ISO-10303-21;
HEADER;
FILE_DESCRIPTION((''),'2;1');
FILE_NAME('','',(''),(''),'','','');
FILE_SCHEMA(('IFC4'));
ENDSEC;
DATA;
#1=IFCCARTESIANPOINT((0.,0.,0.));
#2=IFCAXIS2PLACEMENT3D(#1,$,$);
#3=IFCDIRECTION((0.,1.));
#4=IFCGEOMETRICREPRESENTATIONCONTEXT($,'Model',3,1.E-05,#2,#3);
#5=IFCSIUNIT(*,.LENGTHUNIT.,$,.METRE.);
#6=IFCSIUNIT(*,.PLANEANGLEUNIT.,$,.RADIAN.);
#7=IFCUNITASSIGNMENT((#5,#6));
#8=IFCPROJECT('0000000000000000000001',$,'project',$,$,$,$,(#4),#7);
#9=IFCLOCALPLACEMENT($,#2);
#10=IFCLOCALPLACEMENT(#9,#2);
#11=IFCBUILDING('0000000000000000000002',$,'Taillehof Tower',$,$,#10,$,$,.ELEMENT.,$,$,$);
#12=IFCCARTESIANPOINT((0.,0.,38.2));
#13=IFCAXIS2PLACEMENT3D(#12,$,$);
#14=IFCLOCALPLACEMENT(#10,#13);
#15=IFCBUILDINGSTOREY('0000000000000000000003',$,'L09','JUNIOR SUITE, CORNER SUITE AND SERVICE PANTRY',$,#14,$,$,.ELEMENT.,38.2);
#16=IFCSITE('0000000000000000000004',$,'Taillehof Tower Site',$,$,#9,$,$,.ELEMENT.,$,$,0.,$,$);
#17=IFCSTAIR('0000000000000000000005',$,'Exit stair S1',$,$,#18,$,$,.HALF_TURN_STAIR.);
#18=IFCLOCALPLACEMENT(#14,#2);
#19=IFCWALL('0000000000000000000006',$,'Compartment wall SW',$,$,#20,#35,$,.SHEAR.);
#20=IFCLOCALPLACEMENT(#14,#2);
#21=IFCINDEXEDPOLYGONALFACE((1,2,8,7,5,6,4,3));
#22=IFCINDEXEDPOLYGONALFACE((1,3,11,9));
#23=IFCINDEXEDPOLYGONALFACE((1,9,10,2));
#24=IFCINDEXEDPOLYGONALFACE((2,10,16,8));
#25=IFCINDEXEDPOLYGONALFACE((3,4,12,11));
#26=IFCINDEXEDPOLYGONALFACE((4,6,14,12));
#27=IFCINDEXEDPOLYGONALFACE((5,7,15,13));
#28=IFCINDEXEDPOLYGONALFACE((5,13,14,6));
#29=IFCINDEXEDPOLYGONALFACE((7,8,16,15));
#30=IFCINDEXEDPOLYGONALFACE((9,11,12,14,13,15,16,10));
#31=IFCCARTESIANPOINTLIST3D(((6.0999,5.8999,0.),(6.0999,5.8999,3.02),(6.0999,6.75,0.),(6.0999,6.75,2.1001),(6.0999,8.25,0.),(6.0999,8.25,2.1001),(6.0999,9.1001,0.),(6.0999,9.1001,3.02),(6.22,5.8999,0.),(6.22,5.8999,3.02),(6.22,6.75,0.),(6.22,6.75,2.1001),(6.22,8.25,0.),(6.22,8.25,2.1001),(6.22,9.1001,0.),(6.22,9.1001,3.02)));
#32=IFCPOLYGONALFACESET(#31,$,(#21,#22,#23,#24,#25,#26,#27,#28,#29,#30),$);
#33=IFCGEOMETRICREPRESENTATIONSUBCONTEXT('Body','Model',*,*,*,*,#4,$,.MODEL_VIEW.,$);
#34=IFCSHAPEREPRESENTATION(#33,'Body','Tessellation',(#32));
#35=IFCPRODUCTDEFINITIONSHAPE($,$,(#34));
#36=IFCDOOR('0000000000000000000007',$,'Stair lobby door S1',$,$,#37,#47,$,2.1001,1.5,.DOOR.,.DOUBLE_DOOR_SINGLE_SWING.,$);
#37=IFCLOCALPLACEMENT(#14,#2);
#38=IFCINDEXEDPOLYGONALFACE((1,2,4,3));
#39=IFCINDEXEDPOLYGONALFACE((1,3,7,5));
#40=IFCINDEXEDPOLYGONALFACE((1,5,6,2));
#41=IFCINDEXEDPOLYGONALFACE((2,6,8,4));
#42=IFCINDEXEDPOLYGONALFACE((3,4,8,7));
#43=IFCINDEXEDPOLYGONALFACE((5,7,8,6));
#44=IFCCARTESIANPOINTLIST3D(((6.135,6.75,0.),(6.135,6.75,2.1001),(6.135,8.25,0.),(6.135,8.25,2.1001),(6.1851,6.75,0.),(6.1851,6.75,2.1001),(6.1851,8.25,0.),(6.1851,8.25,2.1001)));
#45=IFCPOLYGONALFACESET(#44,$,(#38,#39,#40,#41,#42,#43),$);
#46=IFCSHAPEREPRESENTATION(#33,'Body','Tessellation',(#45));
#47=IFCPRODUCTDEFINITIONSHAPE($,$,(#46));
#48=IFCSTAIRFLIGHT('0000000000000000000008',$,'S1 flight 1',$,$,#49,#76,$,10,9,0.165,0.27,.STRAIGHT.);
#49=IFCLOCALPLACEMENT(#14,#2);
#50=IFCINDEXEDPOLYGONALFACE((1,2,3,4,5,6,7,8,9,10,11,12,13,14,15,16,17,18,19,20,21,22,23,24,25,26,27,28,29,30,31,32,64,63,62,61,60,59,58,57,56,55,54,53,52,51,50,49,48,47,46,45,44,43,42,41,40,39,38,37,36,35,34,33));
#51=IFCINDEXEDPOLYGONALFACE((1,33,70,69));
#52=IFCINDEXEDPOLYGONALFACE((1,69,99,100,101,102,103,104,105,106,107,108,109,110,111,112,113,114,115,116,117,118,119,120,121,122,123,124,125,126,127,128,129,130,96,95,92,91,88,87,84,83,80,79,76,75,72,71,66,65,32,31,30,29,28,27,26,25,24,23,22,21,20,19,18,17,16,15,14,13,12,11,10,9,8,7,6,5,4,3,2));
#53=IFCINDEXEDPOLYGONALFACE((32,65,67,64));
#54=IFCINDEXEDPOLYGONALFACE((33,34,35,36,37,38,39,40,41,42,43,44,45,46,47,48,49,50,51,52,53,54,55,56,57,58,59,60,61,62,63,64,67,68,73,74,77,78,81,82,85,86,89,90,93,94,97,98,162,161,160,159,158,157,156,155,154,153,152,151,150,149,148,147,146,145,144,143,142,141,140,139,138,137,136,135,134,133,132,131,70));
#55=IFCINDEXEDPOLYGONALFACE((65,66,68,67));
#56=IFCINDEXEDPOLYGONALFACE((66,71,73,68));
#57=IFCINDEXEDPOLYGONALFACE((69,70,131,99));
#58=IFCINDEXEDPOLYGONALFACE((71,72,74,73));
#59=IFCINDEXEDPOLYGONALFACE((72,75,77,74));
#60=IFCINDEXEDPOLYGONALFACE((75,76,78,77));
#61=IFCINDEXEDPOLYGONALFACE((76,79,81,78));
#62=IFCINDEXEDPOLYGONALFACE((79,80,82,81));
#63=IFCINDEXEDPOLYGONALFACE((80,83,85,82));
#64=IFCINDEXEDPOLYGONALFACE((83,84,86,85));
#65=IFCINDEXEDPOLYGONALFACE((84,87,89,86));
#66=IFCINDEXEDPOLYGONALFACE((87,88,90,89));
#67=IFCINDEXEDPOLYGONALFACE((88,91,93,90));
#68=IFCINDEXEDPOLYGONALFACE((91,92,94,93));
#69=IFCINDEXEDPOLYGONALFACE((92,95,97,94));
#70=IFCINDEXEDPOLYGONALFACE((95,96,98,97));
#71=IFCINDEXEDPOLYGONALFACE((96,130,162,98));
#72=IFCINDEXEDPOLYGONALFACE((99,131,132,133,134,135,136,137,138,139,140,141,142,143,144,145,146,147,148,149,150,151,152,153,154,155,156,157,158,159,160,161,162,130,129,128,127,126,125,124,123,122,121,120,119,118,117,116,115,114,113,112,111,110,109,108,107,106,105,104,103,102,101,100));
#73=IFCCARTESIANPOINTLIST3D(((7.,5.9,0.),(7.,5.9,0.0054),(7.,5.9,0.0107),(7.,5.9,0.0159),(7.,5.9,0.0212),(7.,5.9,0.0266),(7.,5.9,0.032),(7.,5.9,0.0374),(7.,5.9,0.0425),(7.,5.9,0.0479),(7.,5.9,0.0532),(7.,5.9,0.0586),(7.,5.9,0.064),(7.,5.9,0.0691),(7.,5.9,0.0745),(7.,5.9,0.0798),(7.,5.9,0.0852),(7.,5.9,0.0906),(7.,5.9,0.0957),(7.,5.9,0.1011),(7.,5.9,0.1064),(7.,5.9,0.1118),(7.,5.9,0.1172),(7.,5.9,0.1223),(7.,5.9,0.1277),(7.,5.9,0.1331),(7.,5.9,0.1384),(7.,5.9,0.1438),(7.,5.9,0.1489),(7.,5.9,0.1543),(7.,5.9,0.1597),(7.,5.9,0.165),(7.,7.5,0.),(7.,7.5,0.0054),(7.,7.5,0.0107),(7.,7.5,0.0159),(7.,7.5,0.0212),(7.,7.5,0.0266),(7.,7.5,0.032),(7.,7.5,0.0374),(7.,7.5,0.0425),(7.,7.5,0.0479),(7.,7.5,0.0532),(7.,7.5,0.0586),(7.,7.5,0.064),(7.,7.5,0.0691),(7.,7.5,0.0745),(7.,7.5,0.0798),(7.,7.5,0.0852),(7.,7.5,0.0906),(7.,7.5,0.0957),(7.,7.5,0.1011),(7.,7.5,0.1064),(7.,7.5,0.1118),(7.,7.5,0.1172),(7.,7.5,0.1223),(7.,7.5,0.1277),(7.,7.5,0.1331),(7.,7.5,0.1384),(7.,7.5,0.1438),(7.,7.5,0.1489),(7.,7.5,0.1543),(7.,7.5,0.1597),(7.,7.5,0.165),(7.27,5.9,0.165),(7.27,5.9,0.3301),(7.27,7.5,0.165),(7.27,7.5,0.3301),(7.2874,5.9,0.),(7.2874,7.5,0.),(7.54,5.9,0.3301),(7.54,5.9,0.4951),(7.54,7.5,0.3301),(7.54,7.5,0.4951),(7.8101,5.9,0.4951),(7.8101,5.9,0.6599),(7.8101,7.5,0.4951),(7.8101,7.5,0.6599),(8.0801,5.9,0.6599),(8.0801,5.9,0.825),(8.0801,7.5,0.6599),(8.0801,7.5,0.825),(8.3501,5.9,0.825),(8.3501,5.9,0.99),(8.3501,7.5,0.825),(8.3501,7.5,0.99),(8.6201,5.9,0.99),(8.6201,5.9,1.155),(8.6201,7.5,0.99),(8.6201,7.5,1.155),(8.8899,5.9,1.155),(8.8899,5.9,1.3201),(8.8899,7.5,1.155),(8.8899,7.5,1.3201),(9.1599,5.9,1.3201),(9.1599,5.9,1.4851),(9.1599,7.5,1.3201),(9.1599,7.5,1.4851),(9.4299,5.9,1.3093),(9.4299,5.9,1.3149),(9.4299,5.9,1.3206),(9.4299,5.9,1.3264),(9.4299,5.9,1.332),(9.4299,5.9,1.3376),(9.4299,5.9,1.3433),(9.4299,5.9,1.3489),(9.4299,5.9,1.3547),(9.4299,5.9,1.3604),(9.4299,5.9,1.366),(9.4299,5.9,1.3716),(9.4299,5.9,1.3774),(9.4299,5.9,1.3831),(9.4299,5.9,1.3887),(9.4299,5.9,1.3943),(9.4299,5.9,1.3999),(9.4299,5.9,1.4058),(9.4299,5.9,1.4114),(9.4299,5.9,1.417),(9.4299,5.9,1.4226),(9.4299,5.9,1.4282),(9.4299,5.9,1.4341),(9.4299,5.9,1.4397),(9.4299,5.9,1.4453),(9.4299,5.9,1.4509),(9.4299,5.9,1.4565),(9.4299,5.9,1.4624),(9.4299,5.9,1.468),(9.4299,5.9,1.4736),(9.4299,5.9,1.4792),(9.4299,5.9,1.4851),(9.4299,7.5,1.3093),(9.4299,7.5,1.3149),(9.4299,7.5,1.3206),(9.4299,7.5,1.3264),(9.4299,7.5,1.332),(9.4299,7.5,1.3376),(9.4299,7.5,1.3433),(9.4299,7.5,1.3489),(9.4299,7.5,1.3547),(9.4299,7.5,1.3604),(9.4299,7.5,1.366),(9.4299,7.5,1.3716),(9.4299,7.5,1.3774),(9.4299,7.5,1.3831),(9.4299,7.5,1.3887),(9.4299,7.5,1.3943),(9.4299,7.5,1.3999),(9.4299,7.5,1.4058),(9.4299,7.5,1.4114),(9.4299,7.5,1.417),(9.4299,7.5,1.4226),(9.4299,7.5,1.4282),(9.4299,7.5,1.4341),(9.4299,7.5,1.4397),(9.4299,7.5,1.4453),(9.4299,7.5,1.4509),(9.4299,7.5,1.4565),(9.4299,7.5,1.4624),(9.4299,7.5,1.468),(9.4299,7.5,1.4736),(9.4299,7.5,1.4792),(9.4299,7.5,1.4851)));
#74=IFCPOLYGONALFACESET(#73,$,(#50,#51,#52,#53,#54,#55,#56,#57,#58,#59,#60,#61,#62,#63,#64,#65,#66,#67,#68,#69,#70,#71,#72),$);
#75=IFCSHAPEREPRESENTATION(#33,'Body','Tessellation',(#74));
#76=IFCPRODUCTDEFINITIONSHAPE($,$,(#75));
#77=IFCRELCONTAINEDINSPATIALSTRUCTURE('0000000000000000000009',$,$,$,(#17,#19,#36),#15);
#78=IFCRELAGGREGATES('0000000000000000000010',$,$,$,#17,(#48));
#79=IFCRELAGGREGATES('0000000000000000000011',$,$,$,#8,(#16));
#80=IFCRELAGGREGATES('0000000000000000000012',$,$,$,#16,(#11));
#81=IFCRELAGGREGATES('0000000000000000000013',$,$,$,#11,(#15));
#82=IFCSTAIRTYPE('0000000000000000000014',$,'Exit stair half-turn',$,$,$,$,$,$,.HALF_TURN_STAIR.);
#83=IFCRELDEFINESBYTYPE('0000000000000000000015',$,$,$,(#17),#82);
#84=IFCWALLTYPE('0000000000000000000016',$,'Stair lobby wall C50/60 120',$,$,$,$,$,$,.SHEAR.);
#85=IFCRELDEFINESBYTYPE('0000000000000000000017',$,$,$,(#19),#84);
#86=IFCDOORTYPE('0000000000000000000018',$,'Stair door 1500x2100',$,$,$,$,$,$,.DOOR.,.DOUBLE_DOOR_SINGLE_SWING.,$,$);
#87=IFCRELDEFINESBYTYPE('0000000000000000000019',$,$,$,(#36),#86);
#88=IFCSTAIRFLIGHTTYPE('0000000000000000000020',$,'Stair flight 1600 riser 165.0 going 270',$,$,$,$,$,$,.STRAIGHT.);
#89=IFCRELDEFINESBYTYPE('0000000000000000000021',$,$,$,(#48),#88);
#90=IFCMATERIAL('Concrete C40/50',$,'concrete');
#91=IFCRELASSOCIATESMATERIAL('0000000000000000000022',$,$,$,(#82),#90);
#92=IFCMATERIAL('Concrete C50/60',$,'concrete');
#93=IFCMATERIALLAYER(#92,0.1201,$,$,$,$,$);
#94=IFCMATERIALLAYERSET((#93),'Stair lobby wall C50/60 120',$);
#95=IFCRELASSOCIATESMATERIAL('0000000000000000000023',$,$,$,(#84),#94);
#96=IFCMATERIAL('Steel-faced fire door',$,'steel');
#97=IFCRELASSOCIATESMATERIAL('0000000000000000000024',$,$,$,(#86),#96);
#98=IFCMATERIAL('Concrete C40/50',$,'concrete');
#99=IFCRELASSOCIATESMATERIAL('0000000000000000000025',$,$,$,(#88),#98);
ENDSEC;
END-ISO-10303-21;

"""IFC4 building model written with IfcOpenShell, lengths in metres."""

from ifc_helpers import new_model, si_unit, direction, frame, frame_2d, origin, place, context, subcontext, project, spatial, polyline, rectangle, outline, extrude, material, layer, layer_set, type_object, element, fill, aggregate, save


model = new_model("IFC4")

# Units and contexts
model_context = context("Model", 3, precision=1e-05, world=origin(), true_north=direction((0.0, 1.0)))
body_context = subcontext(model_context, "Body", "Model", "MODEL_VIEW")
ifc_project = project(units=[si_unit("LENGTHUNIT", "METRE"), si_unit("PLANEANGLEUNIT", "RADIAN")], contexts=[model_context])

# Site, building, storey
site_placement = place(None, origin())
site = spatial("IfcSite", under=ifc_project, at=site_placement, Name="Taillehof Tower Site", CompositionType="ELEMENT", RefElevation=0.0)
building_placement = place(site_placement, origin())
building = spatial("IfcBuilding", under=site, at=building_placement, Name="Taillehof Tower", CompositionType="ELEMENT")
storey_placement = place(building_placement, frame((0.0, 0.0, 38.2)))
storey = spatial("IfcBuildingStorey", under=building, at=storey_placement, Name="L09", Description="JUNIOR SUITE, CORNER SUITE AND SERVICE PANTRY", CompositionType="ELEMENT", Elevation=38.2)

# Stair
ifc_material_1 = material(Name="Concrete C40/50", Category="concrete")
stair_type = type_object("IfcStairType", Name="Exit stair half-turn", PredefinedType="HALF_TURN_STAIR", material=ifc_material_1)
stair_1_placement = place(storey_placement, origin())
stair_1 = element("IfcStair", 1, at=stair_1_placement, inside=storey, type_object=stair_type, Name="Exit stair S1", PredefinedType="HALF_TURN_STAIR")

# Wall, opening, door
ifc_material_2 = material(Name="Concrete C50/60", Category="concrete")
ifc_layer_1 = layer(ifc_material_2, 0.1201)
ifc_layer_set_1 = layer_set([ifc_layer_1], Name="Stair lobby wall C50/60 120")
wall_type_1 = type_object("IfcWallType", Name="Stair lobby wall C50/60 120", PredefinedType="SHEAR", material=ifc_layer_set_1)
wall_1_placement = place(storey_placement, frame((6.1599, 5.8999, 0.0), z_axis=(0.0, 0.0, 1.0), x_axis=(0.0, 1.0, 0.0)))
wall_1 = element("IfcWall", 2, at=wall_1_placement, inside=storey, type_object=wall_type_1, Name="Compartment wall SW", PredefinedType="SHEAR", context=body_context, shape_type="SweptSolid", body=[
    extrude(rectangle(XDim=3.2002, YDim=0.1201, at=frame_2d((1.6001, 0.0))), origin(), (0.0, 0.0, 1.0), 3.02),
])
opening_1_placement = place(wall_1_placement, frame((0.8501, 0.0, 0.0)))
opening_1 = element("IfcOpeningElement", 3, at=opening_1_placement, cuts=wall_1, PredefinedType="OPENING", context=body_context, shape_type="SweptSolid", body=[
    extrude(rectangle(XDim=1.5, YDim=2.1001, at=frame_2d((0.75, 1.05))), frame((0.0, 0.0701, 0.0), z_axis=(0.0, -1.0, 0.0), x_axis=(1.0, 0.0, 0.0)), (0.0, 0.0, 1.0), 0.1401),
])
ifc_material_3 = material(Name="Steel-faced fire door", Category="steel")
door_type_1 = type_object("IfcDoorType", Name="Stair door 1500x2100", OperationType="DOUBLE_DOOR_SINGLE_SWING", PredefinedType="DOOR", material=ifc_material_3)
door_1_placement = place(opening_1_placement, origin())
door_1 = element("IfcDoor", 4, at=door_1_placement, inside=storey, type_object=door_type_1, Name="Stair lobby door S1", OperationType="DOUBLE_DOOR_SINGLE_SWING", OverallHeight=2.1001, OverallWidth=1.5, PredefinedType="DOOR", context=body_context, shape_type="SweptSolid", body=[
    extrude(rectangle(XDim=1.5, YDim=2.1001, at=frame_2d((0.75, 1.05))), frame((0.0, 0.0249, 0.0), z_axis=(0.0, -1.0, 0.0), x_axis=(1.0, 0.0, 0.0)), (0.0, 0.0, 1.0), 0.05),
])
fill(opening_1, door_1)

# Stair flight
ifc_material_4 = material(Name="Concrete C40/50", Category="concrete")
stair_flight_type = type_object("IfcStairFlightType", Name="Stair flight 1600 riser 165.0 going 270", PredefinedType="STRAIGHT", material=ifc_material_4)
stair_flight_placement = place(storey_placement, frame((7.0, 6.7, 0.0), z_axis=(0.0, 0.0, 1.0), x_axis=(1.0, 0.0, 0.0)))
stair_flight = element("IfcStairFlight", 5, at=stair_flight_placement, type_object=stair_flight_type, Name="S1 flight 1", NumberOfRisers=10, NumberOfTreads=9, PredefinedType="STRAIGHT", RiserHeight=0.165, TreadLength=0.27, context=body_context, shape_type="SweptSolid", body=[
    extrude(outline(polyline([(0.0, 0.0), (0.0, 0.0054), (0.0, 0.0107), (0.0, 0.0159), (0.0, 0.0212), (0.0, 0.0266), (0.0, 0.032), (0.0, 0.0374), (0.0, 0.0425), (0.0, 0.0479), (0.0, 0.0532), (0.0, 0.0586), (0.0, 0.064), (0.0, 0.0691), (0.0, 0.0745), (0.0, 0.0798), (0.0, 0.0852), (0.0, 0.0906), (0.0, 0.0957), (0.0, 0.1011), (0.0, 0.1064), (0.0, 0.1118), (0.0, 0.1172), (0.0, 0.1223), (0.0, 0.1277), (0.0, 0.1331), (0.0, 0.1384), (0.0, 0.1438), (0.0, 0.1489), (0.0, 0.1543), (0.0, 0.1597), (0.0, 0.165), (0.27, 0.165), (0.27, 0.3301), (0.54, 0.3301), (0.54, 0.4951), (0.8101, 0.4951), (0.8101, 0.6599), (1.0801, 0.6599), (1.0801, 0.825), (1.3501, 0.825), (1.3501, 0.99), (1.6201, 0.99), (1.6201, 1.155), (1.8899, 1.155), (1.8899, 1.3201), (2.1599, 1.3201), (2.1599, 1.4851), (2.4299, 1.4851), (2.4299, 1.4792), (2.4299, 1.4736), (2.4299, 1.468), (2.4299, 1.4624), (2.4299, 1.4565), (2.4299, 1.4509), (2.4299, 1.4453), (2.4299, 1.4397), (2.4299, 1.4341), (2.4299, 1.4282), (2.4299, 1.4226), (2.4299, 1.417), (2.4299, 1.4114), (2.4299, 1.4058), (2.4299, 1.3999), (2.4299, 1.3943), (2.4299, 1.3887), (2.4299, 1.3831), (2.4299, 1.3774), (2.4299, 1.3716), (2.4299, 1.366), (2.4299, 1.3604), (2.4299, 1.3547), (2.4299, 1.3489), (2.4299, 1.3433), (2.4299, 1.3376), (2.4299, 1.332), (2.4299, 1.3264), (2.4299, 1.3206), (2.4299, 1.3149), (2.4299, 1.3093), (0.2874, 0.0), (0.0, 0.0)])), frame((0.0, 0.8, 0.0), z_axis=(0.0, -1.0, 0.0), x_axis=(1.0, 0.0, 0.0)), (0.0, 0.0, 1.0), 1.6),
])
aggregate(stair_1, [stair_flight])

save(model, "model.ifc")
